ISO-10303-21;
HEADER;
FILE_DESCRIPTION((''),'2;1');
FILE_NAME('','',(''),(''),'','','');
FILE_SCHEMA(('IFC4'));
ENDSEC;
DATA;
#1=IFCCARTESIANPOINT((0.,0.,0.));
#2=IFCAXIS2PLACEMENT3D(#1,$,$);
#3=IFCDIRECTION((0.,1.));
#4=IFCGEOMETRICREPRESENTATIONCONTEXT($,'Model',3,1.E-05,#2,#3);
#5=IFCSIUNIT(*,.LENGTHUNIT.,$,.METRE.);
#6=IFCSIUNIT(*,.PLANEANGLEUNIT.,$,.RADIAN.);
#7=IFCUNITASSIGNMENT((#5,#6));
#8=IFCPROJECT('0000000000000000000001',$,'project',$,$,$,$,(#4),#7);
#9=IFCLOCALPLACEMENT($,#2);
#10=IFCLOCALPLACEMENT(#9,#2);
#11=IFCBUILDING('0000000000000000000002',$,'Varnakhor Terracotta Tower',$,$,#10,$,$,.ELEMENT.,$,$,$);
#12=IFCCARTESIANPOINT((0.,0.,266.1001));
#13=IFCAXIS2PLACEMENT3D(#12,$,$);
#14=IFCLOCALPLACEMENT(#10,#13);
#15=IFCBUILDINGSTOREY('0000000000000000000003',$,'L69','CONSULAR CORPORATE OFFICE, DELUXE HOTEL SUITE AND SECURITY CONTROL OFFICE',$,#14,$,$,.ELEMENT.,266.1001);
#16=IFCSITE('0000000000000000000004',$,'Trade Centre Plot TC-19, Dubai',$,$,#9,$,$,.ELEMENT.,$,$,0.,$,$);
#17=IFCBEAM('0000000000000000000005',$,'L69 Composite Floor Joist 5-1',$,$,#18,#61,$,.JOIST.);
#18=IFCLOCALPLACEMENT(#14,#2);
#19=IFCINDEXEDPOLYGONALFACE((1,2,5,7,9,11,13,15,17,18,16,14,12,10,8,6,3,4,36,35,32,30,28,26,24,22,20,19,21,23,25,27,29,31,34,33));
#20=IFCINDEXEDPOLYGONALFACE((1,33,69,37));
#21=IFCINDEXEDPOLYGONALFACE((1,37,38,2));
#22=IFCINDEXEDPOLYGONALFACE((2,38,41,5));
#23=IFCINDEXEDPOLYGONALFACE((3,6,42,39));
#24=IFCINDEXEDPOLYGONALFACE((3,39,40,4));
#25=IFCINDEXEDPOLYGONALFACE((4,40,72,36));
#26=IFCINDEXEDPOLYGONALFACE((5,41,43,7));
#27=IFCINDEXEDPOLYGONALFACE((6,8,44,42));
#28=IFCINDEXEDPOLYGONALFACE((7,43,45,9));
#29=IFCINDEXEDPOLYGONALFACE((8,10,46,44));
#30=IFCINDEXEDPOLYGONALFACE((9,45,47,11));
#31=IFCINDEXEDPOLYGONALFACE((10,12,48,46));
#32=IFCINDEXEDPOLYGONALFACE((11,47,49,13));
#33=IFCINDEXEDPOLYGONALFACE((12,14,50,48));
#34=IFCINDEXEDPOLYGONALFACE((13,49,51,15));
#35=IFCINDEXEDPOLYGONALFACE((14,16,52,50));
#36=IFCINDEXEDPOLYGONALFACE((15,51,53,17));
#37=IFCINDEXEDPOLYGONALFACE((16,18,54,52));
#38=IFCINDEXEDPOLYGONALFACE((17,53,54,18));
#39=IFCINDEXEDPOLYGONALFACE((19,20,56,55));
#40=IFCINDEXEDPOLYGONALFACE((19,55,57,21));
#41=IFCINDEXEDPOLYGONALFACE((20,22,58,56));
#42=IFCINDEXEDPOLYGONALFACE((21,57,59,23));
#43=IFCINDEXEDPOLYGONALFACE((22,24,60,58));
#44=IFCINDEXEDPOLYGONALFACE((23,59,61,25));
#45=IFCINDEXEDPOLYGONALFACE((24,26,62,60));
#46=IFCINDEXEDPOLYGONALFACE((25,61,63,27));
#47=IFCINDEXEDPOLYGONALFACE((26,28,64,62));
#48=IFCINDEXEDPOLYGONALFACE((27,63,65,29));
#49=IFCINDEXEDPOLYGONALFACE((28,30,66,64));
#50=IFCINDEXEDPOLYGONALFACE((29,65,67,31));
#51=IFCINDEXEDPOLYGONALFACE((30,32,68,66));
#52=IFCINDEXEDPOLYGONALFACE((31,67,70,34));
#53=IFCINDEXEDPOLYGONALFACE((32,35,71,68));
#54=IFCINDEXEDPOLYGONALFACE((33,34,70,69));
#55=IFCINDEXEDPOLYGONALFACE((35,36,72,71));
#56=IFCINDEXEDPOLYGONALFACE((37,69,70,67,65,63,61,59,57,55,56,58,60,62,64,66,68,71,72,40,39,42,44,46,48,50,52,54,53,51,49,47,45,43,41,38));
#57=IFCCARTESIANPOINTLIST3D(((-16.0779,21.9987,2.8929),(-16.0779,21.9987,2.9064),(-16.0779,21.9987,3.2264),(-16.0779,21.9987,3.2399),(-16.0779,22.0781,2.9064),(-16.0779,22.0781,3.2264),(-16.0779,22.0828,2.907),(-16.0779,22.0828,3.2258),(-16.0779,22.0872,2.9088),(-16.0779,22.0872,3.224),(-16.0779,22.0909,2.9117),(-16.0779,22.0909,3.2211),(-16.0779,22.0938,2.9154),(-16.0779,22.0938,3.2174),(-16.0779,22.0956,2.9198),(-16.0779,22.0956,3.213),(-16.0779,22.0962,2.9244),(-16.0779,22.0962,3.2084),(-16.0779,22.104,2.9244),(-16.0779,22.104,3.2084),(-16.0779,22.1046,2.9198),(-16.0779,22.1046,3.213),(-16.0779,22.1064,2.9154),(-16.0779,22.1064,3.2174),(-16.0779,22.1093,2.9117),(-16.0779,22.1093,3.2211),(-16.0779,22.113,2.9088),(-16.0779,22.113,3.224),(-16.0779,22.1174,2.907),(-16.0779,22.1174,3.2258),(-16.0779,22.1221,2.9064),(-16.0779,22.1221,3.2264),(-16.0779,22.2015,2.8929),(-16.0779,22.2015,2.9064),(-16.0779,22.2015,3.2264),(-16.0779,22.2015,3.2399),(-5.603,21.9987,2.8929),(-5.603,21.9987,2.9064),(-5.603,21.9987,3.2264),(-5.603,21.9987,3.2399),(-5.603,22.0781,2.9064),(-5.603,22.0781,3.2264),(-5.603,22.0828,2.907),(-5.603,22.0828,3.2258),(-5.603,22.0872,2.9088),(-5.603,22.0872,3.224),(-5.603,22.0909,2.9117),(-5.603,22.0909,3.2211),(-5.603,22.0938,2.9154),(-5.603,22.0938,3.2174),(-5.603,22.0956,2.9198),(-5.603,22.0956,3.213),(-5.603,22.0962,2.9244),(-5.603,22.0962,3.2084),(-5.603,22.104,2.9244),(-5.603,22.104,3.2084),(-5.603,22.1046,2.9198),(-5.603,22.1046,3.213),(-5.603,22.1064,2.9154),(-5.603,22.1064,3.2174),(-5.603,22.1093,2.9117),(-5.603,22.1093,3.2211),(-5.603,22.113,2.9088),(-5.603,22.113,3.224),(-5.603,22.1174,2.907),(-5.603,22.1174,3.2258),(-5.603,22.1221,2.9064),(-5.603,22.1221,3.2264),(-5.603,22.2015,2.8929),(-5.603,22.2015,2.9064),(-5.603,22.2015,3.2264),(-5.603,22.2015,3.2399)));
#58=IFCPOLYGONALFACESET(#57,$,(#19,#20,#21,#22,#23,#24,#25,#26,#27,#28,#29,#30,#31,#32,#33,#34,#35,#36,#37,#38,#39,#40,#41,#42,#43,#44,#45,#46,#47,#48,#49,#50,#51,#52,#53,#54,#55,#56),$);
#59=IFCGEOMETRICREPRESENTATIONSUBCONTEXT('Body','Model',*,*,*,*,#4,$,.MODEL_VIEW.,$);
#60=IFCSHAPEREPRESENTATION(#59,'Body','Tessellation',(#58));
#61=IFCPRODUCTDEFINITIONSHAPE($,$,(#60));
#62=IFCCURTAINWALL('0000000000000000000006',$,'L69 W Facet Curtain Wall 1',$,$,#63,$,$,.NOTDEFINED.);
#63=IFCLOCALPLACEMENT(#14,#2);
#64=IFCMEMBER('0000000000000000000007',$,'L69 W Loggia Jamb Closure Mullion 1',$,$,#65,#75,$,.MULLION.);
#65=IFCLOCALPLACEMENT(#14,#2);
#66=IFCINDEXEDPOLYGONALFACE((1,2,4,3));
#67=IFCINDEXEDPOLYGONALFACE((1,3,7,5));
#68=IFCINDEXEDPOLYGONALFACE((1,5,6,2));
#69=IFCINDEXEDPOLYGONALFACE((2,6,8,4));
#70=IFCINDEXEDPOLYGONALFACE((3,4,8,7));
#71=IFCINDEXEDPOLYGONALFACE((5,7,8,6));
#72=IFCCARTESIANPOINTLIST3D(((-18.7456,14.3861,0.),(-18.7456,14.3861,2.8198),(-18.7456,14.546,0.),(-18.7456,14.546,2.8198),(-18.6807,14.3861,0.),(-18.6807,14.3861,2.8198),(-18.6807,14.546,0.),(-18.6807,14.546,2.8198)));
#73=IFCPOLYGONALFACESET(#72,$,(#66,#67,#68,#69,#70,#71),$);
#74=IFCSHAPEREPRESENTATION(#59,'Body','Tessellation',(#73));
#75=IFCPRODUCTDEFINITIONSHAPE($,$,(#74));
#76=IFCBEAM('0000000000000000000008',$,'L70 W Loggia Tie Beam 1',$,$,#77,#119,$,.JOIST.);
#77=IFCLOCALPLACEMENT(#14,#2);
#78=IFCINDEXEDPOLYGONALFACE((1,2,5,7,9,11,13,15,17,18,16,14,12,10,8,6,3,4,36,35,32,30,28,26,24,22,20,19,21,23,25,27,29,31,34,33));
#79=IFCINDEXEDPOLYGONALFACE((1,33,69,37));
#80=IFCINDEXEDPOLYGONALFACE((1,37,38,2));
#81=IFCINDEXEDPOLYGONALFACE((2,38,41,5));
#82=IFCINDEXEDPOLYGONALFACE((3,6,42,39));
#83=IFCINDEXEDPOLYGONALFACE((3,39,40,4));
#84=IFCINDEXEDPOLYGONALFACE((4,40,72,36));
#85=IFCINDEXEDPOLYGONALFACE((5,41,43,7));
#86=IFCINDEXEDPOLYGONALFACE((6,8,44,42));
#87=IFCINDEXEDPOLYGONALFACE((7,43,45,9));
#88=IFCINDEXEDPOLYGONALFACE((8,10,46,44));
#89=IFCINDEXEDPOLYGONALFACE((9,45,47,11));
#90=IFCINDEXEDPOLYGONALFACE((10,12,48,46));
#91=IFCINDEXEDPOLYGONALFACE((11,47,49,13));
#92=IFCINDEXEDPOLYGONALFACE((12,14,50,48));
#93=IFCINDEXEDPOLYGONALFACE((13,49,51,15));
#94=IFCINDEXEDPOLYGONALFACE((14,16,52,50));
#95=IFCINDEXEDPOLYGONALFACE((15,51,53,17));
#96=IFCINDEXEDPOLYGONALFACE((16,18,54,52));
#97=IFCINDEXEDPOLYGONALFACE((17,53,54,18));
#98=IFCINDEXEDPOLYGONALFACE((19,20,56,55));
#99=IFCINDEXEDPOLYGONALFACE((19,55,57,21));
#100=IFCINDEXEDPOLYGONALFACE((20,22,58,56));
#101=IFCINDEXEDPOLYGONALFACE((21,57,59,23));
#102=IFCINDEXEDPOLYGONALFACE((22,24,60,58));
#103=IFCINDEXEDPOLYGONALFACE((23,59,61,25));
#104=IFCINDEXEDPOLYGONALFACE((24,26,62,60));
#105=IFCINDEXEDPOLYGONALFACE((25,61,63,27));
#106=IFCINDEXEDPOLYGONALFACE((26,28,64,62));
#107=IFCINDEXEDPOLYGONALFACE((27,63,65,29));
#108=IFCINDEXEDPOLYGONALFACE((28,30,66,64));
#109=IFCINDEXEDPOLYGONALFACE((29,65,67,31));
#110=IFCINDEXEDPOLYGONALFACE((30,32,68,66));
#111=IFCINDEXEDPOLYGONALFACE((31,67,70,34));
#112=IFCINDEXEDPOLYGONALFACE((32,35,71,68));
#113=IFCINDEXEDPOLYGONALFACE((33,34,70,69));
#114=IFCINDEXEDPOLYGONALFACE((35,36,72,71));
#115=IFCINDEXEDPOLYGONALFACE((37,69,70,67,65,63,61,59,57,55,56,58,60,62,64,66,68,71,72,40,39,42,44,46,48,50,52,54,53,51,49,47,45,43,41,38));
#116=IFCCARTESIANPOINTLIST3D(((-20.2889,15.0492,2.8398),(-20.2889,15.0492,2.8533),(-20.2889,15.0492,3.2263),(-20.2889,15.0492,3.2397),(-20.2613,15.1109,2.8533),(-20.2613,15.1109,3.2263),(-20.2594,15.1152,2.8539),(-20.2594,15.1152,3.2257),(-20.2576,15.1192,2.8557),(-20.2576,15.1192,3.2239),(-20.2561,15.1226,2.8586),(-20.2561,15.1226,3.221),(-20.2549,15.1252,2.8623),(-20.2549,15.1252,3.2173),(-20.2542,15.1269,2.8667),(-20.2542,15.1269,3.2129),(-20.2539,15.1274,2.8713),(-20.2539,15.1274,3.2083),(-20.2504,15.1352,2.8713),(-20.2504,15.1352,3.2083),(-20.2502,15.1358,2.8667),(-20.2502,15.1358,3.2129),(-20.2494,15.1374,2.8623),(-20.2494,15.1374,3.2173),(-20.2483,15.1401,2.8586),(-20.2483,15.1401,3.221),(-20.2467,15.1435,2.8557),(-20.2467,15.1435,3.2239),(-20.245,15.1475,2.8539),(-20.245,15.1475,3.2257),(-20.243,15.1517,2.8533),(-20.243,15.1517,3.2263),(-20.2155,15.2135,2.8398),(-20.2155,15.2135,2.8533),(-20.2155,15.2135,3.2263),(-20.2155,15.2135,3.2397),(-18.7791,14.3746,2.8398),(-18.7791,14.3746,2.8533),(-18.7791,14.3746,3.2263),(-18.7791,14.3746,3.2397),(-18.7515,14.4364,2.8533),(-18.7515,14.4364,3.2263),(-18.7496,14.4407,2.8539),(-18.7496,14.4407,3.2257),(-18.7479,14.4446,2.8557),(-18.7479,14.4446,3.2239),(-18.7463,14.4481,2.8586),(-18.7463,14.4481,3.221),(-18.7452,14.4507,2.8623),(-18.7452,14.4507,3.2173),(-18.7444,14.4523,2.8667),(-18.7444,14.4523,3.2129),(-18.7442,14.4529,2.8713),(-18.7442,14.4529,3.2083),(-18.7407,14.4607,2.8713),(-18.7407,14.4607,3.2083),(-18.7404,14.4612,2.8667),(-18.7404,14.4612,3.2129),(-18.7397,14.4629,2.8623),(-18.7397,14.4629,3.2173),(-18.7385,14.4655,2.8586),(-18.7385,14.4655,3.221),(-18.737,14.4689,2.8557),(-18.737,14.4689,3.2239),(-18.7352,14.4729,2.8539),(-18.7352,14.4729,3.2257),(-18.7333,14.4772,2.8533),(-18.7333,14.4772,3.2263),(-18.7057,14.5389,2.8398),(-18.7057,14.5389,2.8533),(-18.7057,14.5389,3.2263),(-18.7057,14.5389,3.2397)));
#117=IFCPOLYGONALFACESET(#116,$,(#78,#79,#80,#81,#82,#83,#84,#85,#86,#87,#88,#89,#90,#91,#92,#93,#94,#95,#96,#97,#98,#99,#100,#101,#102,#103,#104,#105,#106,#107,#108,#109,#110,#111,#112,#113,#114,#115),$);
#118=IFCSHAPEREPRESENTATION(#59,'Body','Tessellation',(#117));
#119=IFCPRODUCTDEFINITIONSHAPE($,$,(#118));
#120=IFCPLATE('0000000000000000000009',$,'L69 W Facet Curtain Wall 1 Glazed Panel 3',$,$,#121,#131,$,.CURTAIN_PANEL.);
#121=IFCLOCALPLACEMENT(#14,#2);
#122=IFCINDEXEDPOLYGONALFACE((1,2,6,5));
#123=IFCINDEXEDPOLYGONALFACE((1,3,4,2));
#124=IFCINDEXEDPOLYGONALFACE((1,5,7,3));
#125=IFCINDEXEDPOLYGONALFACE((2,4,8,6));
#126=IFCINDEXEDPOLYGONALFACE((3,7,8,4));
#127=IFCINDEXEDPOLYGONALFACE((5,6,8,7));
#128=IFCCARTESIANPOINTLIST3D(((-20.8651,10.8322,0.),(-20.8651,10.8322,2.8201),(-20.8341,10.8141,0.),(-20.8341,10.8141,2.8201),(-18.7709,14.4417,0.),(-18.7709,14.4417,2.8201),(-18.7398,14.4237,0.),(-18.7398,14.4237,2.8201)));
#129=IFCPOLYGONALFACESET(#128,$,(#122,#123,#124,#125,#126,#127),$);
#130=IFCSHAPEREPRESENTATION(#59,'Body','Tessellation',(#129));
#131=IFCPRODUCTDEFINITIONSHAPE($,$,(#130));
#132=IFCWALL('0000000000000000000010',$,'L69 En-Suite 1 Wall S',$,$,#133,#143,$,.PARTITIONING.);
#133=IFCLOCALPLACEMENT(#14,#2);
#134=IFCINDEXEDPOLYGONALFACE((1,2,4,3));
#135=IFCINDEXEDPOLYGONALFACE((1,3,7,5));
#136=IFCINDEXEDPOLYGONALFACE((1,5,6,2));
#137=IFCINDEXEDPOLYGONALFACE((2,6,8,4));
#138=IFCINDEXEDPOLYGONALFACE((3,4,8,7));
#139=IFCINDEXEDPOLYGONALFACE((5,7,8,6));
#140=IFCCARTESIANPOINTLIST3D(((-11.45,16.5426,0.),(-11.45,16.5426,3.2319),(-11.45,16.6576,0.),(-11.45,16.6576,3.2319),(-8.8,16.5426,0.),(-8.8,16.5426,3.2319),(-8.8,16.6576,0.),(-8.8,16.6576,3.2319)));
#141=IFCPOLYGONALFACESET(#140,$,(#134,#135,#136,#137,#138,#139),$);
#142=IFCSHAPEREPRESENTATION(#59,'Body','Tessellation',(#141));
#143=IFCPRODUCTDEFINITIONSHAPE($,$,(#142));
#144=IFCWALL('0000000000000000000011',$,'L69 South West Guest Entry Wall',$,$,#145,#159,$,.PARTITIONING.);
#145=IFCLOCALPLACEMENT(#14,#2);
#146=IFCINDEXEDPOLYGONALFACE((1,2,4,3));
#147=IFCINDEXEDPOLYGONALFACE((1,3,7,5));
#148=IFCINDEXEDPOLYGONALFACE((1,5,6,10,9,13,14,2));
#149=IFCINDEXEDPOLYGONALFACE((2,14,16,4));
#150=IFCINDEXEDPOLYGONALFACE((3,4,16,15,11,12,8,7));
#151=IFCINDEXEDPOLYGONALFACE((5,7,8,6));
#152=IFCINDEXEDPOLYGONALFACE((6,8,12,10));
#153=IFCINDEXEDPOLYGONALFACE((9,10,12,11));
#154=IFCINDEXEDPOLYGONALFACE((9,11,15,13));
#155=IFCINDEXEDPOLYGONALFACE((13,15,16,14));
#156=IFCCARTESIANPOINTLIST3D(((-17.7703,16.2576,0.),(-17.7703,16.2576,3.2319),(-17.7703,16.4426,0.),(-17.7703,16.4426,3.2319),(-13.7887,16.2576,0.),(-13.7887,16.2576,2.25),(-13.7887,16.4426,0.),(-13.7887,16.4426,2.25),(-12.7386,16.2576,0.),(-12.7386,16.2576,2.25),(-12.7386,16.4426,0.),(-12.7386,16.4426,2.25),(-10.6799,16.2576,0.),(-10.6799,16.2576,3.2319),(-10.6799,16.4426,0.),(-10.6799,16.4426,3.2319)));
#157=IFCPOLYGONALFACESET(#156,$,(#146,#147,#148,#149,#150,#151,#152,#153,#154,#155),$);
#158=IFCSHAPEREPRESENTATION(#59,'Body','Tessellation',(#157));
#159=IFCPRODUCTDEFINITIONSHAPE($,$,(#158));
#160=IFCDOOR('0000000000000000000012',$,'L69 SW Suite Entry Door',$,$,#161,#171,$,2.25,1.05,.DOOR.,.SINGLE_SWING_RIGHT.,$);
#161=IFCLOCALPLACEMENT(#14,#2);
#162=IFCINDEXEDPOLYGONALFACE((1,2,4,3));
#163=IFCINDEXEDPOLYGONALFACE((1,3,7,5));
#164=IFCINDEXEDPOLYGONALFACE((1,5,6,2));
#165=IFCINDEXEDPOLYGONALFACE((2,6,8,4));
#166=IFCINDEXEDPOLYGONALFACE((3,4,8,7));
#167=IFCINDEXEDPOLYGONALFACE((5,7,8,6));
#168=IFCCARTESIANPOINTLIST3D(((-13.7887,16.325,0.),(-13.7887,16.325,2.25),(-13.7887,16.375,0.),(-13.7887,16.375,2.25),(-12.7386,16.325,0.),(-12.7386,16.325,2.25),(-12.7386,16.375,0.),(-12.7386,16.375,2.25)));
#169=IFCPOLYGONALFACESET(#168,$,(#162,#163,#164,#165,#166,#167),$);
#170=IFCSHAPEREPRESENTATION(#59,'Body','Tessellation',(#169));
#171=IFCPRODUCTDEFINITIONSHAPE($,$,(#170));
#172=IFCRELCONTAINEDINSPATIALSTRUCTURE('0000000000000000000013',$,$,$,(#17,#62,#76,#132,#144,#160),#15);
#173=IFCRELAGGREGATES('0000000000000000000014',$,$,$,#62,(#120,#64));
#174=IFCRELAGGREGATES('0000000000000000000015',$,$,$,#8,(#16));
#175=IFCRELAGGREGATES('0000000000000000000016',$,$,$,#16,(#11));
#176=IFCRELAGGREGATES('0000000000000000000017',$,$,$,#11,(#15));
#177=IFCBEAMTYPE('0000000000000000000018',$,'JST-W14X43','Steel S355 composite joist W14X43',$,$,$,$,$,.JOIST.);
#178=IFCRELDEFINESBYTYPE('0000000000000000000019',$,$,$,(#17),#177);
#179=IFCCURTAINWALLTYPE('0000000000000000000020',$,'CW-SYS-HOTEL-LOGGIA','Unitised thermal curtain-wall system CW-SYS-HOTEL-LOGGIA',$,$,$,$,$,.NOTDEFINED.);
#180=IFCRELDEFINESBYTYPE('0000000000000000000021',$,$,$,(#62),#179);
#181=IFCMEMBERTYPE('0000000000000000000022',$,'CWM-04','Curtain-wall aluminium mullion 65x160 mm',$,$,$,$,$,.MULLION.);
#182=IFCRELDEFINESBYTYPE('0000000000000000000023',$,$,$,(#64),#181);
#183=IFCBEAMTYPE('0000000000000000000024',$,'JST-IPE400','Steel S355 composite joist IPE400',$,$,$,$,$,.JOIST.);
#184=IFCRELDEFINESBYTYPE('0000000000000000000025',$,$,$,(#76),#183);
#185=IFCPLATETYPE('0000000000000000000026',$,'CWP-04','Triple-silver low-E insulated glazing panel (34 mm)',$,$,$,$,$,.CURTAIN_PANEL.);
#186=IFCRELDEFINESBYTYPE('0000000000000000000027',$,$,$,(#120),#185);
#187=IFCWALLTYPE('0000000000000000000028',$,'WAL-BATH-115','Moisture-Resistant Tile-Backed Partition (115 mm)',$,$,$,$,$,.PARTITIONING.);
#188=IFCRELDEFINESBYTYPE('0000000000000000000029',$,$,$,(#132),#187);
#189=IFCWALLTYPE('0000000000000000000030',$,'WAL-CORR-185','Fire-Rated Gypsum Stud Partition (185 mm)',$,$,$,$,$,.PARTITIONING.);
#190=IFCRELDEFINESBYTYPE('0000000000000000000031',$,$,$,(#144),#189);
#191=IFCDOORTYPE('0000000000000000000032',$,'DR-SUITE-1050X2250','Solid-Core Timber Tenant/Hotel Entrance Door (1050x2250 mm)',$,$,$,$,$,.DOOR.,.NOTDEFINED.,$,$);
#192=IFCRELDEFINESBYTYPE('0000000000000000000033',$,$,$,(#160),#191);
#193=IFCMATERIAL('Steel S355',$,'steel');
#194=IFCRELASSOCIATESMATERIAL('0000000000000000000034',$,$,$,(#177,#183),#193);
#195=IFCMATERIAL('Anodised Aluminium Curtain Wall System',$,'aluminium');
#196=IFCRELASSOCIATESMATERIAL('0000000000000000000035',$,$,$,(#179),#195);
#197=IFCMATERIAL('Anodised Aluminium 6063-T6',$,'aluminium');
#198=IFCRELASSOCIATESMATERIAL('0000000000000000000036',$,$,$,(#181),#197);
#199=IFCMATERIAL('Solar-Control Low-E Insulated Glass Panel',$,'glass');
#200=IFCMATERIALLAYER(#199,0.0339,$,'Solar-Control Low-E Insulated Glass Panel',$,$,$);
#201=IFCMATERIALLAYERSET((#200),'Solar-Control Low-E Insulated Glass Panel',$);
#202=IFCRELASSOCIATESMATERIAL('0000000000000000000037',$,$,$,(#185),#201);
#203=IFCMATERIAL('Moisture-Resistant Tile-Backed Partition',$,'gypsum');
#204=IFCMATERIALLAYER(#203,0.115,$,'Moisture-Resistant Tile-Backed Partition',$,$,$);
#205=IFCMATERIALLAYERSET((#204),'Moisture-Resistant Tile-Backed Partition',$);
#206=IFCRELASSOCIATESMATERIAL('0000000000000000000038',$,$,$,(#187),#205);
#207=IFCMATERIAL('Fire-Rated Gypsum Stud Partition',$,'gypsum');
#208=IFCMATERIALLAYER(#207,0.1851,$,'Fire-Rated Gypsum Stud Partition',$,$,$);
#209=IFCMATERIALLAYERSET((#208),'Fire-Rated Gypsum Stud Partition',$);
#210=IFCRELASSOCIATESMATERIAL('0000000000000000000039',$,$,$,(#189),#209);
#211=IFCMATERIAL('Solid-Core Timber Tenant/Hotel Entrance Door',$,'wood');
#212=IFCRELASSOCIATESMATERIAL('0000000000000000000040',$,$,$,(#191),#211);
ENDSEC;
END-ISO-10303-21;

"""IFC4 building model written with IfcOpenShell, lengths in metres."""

from ifc_helpers import new_model, si_unit, direction, frame, frame_2d, origin, origin_2d, place, context, subcontext, project, spatial, rectangle, i_section, extrude, source, transform, mapped, material, layer, layer_set, material_profile, profile_set, type_object, type_shapes, element, fill, aggregate, save


model = new_model("IFC4")

# Units and contexts
model_context = context("Model", 3, precision=1e-05, world=origin(), true_north=direction((0.0, 1.0)))
body_context = subcontext(model_context, "Body", "Model", "MODEL_VIEW")
ifc_project = project(units=[si_unit("LENGTHUNIT", "METRE"), si_unit("PLANEANGLEUNIT", "RADIAN")], contexts=[model_context])

# Site, building, storey
site_placement = place(None, origin())
site = spatial("IfcSite", under=ifc_project, at=site_placement, Name="Trade Centre Plot TC-19, Dubai", CompositionType="ELEMENT", RefElevation=0.0)
building_placement = place(site_placement, origin())
building = spatial("IfcBuilding", under=site, at=building_placement, Name="Varnakhor Terracotta Tower", CompositionType="ELEMENT")
storey_placement = place(building_placement, frame((0.0, 0.0, 266.1001)))
storey = spatial("IfcBuildingStorey", under=building, at=storey_placement, Name="L69", Description="CONSULAR CORPORATE OFFICE, DELUXE HOTEL SUITE AND SECURITY CONTROL OFFICE", CompositionType="ELEMENT", Elevation=266.1001)

# Beam
ifc_material_1 = material(Name="Steel S355", Category="steel")
ifc_material_profile_1 = material_profile(ifc_material_1, i_section(OverallWidth=0.2029, OverallDepth=0.3469, WebThickness=0.0078, FlangeThickness=0.0134, FilletRadius=0.0181, at=origin_2d()), Name="W14X43")
ifc_profile_set_1 = profile_set([ifc_material_profile_1], Name="Steel S355")
beam_type_1 = type_object("IfcBeamType", Name="JST-W14X43", Description="Steel S355 composite joist W14X43", PredefinedType="JOIST", material=ifc_profile_set_1)
shared_shape_1 = source(origin(), body_context, "Body", "SweptSolid", [
    extrude(i_section(OverallWidth=0.2029, OverallDepth=0.3469, WebThickness=0.0078, FlangeThickness=0.0134, FilletRadius=0.0181, at=origin_2d()), origin(), (0.0, 0.0, 1.0), 10.4749),
])
beam_1_placement = place(storey_placement, frame((-16.0779, 22.1001, 3.0664), z_axis=(1.0, 0.0, 0.0), x_axis=(0.0, 1.0, 0.0)))
element("IfcBeam", 1, at=beam_1_placement, inside=storey, type_object=beam_type_1, Name="L69 Composite Floor Joist 5-1", PredefinedType="JOIST", context=body_context, shape_type="MappedRepresentation", body=[
    mapped(shared_shape_1, transform((0.0, 0.0, 0.0), scale=1.0)),
])

# Curtain wall, member
ifc_material_2 = material(Name="Anodised Aluminium Curtain Wall System", Category="aluminium")
curtain_wall_type = type_object("IfcCurtainWallType", Name="CW-SYS-HOTEL-LOGGIA", Description="Unitised thermal curtain-wall system CW-SYS-HOTEL-LOGGIA", PredefinedType="NOTDEFINED", material=ifc_material_2)
curtain_wall_placement = place(storey_placement, origin())
curtain_wall = element("IfcCurtainWall", 2, at=curtain_wall_placement, inside=storey, type_object=curtain_wall_type, Name="L69 W Facet Curtain Wall 1", PredefinedType="NOTDEFINED")
ifc_material_3 = material(Name="Anodised Aluminium 6063-T6", Category="aluminium")
ifc_material_profile_2 = material_profile(ifc_material_3, rectangle(XDim=0.0649, YDim=0.1599, at=origin_2d()), Name="ALU MULLION 65x160")
ifc_profile_set_2 = profile_set([ifc_material_profile_2], Name="Anodised Aluminium 6063-T6")
member_type = type_object("IfcMemberType", Name="CWM-04", Description="Curtain-wall aluminium mullion 65x160 mm", PredefinedType="MULLION", material=ifc_profile_set_2)
shared_shape_2 = source(origin(), body_context, "Body", "SweptSolid", [
    extrude(rectangle(XDim=0.0649, YDim=0.1599, at=origin_2d()), origin(), (0.0, 0.0, 1.0), 2.8198),
])
member_placement = place(storey_placement, frame((-18.7131, 14.4661, 0.0), z_axis=(0.0, 0.0, 1.0), x_axis=(1.0, 0.0, 0.0)))
member = element("IfcMember", 3, at=member_placement, type_object=member_type, Name="L69 W Loggia Jamb Closure Mullion 1", PredefinedType="MULLION", context=body_context, shape_type="MappedRepresentation", body=[
    mapped(shared_shape_2, transform((0.0, 0.0, 0.0), scale=1.0)),
])

# Beam
ifc_material_profile_3 = material_profile(ifc_material_1, i_section(OverallWidth=0.1799, OverallDepth=0.3999, WebThickness=0.0085, FlangeThickness=0.0134, FilletRadius=0.0181, at=origin_2d()), Name="IPE400")
ifc_profile_set_3 = profile_set([ifc_material_profile_3], Name="Steel S355")
beam_type_2 = type_object("IfcBeamType", Name="JST-IPE400", Description="Steel S355 composite joist IPE400", PredefinedType="JOIST", material=ifc_profile_set_3)
shared_shape_3 = source(origin(), body_context, "Body", "SweptSolid", [
    extrude(i_section(OverallWidth=0.1799, OverallDepth=0.3999, WebThickness=0.0085, FlangeThickness=0.0134, FilletRadius=0.0181, at=origin_2d()), origin(), (0.0, 0.0, 1.0), 1.6536),
])
beam_2_placement = place(storey_placement, frame((-18.7424, 14.4568, 3.0398), z_axis=(-0.913012, 0.407932, 0.0), x_axis=(-0.407932, -0.913012, 0.0)))
element("IfcBeam", 4, at=beam_2_placement, inside=storey, type_object=beam_type_2, Name="L70 W Loggia Tie Beam 1", PredefinedType="JOIST", context=body_context, shape_type="MappedRepresentation", body=[
    mapped(shared_shape_3, transform((0.0, 0.0, 0.0), scale=1.0)),
])

# Plate
ifc_material_4 = material(Name="Solar-Control Low-E Insulated Glass Panel", Category="glass")
ifc_layer_1 = layer(ifc_material_4, 0.0339, Name="Solar-Control Low-E Insulated Glass Panel")
ifc_layer_set_1 = layer_set([ifc_layer_1], Name="Solar-Control Low-E Insulated Glass Panel")
plate_type = type_object("IfcPlateType", Name="CWP-04", Description="Triple-silver low-E insulated glazing panel (34 mm)", PredefinedType="CURTAIN_PANEL", material=ifc_layer_set_1)
shared_shape_4 = source(origin(), body_context, "Body", "SweptSolid", [
    extrude(rectangle(XDim=4.1731, YDim=0.0359, at=origin_2d()), origin(), (0.0, 0.0, 1.0), 2.8201),
])
plate_placement = place(storey_placement, frame((-19.8025, 12.6279, 0.0), z_axis=(0.0, 0.0, 1.0), x_axis=(0.501843, 0.864959, 0.0)))
plate = element("IfcPlate", 5, at=plate_placement, type_object=plate_type, Name="L69 W Facet Curtain Wall 1 Glazed Panel 3", PredefinedType="CURTAIN_PANEL", context=body_context, shape_type="MappedRepresentation", body=[
    mapped(shared_shape_4, transform((0.0, 0.0, 0.0), scale=1.0)),
])
aggregate(curtain_wall, [plate, member])

# Wall
ifc_material_5 = material(Name="Moisture-Resistant Tile-Backed Partition", Category="gypsum")
ifc_layer_2 = layer(ifc_material_5, 0.115, Name="Moisture-Resistant Tile-Backed Partition")
ifc_layer_set_2 = layer_set([ifc_layer_2], Name="Moisture-Resistant Tile-Backed Partition")
wall_type_1 = type_object("IfcWallType", Name="WAL-BATH-115", Description="Moisture-Resistant Tile-Backed Partition (115 mm)", PredefinedType="PARTITIONING", material=ifc_layer_set_2)
wall_1_placement = place(storey_placement, frame((-11.45, 16.6001, 0.0), z_axis=(0.0, 0.0, 1.0), x_axis=(1.0, 0.0, 0.0)))
element("IfcWall", 6, at=wall_1_placement, inside=storey, type_object=wall_type_1, Name="L69 En-Suite 1 Wall S", PredefinedType="PARTITIONING", context=body_context, shape_type="SweptSolid", body=[
    extrude(rectangle(XDim=2.6499, YDim=0.115, at=frame_2d((1.325, 0.0))), origin(), (0.0, 0.0, 1.0), 3.2319),
])

# Wall, opening, door
ifc_material_6 = material(Name="Fire-Rated Gypsum Stud Partition", Category="gypsum")
ifc_layer_3 = layer(ifc_material_6, 0.1851, Name="Fire-Rated Gypsum Stud Partition")
ifc_layer_set_3 = layer_set([ifc_layer_3], Name="Fire-Rated Gypsum Stud Partition")
wall_type_2 = type_object("IfcWallType", Name="WAL-CORR-185", Description="Fire-Rated Gypsum Stud Partition (185 mm)", PredefinedType="PARTITIONING", material=ifc_layer_set_3)
wall_2_placement = place(storey_placement, frame((-17.7703, 16.3501, 0.0), z_axis=(0.0, 0.0, 1.0), x_axis=(1.0, 0.0, 0.0)))
wall_2 = element("IfcWall", 7, at=wall_2_placement, inside=storey, type_object=wall_type_2, Name="L69 South West Guest Entry Wall", PredefinedType="PARTITIONING", context=body_context, shape_type="SweptSolid", body=[
    extrude(rectangle(XDim=7.0903, YDim=0.1851, at=frame_2d((3.5452, 0.0))), origin(), (0.0, 0.0, 1.0), 3.2319),
])
opening_1_placement = place(wall_2_placement, frame((3.9817, 0.0, 0.0)))
opening_1 = element("IfcOpeningElement", 8, at=opening_1_placement, cuts=wall_2, PredefinedType="OPENING", context=body_context, shape_type="SweptSolid", body=[
    extrude(rectangle(XDim=1.05, YDim=2.25, at=frame_2d((0.5249, 1.125))), frame((0.0, 0.1025, 0.0), z_axis=(0.0, -1.0, 0.0), x_axis=(1.0, 0.0, 0.0)), (0.0, 0.0, 1.0), 0.2051),
])
ifc_material_7 = material(Name="Solid-Core Timber Tenant/Hotel Entrance Door", Category="wood")
door_type_1 = type_object("IfcDoorType", Name="DR-SUITE-1050X2250", Description="Solid-Core Timber Tenant/Hotel Entrance Door (1050x2250 mm)", OperationType="NOTDEFINED", PredefinedType="DOOR", material=ifc_material_7)
shared_shape_5 = source(origin(), body_context, "Body", "SweptSolid", [
    extrude(rectangle(XDim=1.05, YDim=2.25, at=frame_2d((0.5249, 1.125))), frame((0.0, 0.0249, 0.0), z_axis=(0.0, -1.0, 0.0), x_axis=(1.0, 0.0, 0.0)), (0.0, 0.0, 1.0), 0.05),
])
type_shapes(door_type_1, [shared_shape_5])
door_1_placement = place(opening_1_placement, origin())
door_1 = element("IfcDoor", 9, at=door_1_placement, inside=storey, type_object=door_type_1, Name="L69 SW Suite Entry Door", OperationType="SINGLE_SWING_RIGHT", OverallHeight=2.25, OverallWidth=1.05, PredefinedType="DOOR", context=body_context, shape_type="MappedRepresentation", body=[
    mapped(shared_shape_5, transform((0.0, 0.0, 0.0), scale=1.0)),
])
fill(opening_1, door_1)

save(model, "model.ifc")
